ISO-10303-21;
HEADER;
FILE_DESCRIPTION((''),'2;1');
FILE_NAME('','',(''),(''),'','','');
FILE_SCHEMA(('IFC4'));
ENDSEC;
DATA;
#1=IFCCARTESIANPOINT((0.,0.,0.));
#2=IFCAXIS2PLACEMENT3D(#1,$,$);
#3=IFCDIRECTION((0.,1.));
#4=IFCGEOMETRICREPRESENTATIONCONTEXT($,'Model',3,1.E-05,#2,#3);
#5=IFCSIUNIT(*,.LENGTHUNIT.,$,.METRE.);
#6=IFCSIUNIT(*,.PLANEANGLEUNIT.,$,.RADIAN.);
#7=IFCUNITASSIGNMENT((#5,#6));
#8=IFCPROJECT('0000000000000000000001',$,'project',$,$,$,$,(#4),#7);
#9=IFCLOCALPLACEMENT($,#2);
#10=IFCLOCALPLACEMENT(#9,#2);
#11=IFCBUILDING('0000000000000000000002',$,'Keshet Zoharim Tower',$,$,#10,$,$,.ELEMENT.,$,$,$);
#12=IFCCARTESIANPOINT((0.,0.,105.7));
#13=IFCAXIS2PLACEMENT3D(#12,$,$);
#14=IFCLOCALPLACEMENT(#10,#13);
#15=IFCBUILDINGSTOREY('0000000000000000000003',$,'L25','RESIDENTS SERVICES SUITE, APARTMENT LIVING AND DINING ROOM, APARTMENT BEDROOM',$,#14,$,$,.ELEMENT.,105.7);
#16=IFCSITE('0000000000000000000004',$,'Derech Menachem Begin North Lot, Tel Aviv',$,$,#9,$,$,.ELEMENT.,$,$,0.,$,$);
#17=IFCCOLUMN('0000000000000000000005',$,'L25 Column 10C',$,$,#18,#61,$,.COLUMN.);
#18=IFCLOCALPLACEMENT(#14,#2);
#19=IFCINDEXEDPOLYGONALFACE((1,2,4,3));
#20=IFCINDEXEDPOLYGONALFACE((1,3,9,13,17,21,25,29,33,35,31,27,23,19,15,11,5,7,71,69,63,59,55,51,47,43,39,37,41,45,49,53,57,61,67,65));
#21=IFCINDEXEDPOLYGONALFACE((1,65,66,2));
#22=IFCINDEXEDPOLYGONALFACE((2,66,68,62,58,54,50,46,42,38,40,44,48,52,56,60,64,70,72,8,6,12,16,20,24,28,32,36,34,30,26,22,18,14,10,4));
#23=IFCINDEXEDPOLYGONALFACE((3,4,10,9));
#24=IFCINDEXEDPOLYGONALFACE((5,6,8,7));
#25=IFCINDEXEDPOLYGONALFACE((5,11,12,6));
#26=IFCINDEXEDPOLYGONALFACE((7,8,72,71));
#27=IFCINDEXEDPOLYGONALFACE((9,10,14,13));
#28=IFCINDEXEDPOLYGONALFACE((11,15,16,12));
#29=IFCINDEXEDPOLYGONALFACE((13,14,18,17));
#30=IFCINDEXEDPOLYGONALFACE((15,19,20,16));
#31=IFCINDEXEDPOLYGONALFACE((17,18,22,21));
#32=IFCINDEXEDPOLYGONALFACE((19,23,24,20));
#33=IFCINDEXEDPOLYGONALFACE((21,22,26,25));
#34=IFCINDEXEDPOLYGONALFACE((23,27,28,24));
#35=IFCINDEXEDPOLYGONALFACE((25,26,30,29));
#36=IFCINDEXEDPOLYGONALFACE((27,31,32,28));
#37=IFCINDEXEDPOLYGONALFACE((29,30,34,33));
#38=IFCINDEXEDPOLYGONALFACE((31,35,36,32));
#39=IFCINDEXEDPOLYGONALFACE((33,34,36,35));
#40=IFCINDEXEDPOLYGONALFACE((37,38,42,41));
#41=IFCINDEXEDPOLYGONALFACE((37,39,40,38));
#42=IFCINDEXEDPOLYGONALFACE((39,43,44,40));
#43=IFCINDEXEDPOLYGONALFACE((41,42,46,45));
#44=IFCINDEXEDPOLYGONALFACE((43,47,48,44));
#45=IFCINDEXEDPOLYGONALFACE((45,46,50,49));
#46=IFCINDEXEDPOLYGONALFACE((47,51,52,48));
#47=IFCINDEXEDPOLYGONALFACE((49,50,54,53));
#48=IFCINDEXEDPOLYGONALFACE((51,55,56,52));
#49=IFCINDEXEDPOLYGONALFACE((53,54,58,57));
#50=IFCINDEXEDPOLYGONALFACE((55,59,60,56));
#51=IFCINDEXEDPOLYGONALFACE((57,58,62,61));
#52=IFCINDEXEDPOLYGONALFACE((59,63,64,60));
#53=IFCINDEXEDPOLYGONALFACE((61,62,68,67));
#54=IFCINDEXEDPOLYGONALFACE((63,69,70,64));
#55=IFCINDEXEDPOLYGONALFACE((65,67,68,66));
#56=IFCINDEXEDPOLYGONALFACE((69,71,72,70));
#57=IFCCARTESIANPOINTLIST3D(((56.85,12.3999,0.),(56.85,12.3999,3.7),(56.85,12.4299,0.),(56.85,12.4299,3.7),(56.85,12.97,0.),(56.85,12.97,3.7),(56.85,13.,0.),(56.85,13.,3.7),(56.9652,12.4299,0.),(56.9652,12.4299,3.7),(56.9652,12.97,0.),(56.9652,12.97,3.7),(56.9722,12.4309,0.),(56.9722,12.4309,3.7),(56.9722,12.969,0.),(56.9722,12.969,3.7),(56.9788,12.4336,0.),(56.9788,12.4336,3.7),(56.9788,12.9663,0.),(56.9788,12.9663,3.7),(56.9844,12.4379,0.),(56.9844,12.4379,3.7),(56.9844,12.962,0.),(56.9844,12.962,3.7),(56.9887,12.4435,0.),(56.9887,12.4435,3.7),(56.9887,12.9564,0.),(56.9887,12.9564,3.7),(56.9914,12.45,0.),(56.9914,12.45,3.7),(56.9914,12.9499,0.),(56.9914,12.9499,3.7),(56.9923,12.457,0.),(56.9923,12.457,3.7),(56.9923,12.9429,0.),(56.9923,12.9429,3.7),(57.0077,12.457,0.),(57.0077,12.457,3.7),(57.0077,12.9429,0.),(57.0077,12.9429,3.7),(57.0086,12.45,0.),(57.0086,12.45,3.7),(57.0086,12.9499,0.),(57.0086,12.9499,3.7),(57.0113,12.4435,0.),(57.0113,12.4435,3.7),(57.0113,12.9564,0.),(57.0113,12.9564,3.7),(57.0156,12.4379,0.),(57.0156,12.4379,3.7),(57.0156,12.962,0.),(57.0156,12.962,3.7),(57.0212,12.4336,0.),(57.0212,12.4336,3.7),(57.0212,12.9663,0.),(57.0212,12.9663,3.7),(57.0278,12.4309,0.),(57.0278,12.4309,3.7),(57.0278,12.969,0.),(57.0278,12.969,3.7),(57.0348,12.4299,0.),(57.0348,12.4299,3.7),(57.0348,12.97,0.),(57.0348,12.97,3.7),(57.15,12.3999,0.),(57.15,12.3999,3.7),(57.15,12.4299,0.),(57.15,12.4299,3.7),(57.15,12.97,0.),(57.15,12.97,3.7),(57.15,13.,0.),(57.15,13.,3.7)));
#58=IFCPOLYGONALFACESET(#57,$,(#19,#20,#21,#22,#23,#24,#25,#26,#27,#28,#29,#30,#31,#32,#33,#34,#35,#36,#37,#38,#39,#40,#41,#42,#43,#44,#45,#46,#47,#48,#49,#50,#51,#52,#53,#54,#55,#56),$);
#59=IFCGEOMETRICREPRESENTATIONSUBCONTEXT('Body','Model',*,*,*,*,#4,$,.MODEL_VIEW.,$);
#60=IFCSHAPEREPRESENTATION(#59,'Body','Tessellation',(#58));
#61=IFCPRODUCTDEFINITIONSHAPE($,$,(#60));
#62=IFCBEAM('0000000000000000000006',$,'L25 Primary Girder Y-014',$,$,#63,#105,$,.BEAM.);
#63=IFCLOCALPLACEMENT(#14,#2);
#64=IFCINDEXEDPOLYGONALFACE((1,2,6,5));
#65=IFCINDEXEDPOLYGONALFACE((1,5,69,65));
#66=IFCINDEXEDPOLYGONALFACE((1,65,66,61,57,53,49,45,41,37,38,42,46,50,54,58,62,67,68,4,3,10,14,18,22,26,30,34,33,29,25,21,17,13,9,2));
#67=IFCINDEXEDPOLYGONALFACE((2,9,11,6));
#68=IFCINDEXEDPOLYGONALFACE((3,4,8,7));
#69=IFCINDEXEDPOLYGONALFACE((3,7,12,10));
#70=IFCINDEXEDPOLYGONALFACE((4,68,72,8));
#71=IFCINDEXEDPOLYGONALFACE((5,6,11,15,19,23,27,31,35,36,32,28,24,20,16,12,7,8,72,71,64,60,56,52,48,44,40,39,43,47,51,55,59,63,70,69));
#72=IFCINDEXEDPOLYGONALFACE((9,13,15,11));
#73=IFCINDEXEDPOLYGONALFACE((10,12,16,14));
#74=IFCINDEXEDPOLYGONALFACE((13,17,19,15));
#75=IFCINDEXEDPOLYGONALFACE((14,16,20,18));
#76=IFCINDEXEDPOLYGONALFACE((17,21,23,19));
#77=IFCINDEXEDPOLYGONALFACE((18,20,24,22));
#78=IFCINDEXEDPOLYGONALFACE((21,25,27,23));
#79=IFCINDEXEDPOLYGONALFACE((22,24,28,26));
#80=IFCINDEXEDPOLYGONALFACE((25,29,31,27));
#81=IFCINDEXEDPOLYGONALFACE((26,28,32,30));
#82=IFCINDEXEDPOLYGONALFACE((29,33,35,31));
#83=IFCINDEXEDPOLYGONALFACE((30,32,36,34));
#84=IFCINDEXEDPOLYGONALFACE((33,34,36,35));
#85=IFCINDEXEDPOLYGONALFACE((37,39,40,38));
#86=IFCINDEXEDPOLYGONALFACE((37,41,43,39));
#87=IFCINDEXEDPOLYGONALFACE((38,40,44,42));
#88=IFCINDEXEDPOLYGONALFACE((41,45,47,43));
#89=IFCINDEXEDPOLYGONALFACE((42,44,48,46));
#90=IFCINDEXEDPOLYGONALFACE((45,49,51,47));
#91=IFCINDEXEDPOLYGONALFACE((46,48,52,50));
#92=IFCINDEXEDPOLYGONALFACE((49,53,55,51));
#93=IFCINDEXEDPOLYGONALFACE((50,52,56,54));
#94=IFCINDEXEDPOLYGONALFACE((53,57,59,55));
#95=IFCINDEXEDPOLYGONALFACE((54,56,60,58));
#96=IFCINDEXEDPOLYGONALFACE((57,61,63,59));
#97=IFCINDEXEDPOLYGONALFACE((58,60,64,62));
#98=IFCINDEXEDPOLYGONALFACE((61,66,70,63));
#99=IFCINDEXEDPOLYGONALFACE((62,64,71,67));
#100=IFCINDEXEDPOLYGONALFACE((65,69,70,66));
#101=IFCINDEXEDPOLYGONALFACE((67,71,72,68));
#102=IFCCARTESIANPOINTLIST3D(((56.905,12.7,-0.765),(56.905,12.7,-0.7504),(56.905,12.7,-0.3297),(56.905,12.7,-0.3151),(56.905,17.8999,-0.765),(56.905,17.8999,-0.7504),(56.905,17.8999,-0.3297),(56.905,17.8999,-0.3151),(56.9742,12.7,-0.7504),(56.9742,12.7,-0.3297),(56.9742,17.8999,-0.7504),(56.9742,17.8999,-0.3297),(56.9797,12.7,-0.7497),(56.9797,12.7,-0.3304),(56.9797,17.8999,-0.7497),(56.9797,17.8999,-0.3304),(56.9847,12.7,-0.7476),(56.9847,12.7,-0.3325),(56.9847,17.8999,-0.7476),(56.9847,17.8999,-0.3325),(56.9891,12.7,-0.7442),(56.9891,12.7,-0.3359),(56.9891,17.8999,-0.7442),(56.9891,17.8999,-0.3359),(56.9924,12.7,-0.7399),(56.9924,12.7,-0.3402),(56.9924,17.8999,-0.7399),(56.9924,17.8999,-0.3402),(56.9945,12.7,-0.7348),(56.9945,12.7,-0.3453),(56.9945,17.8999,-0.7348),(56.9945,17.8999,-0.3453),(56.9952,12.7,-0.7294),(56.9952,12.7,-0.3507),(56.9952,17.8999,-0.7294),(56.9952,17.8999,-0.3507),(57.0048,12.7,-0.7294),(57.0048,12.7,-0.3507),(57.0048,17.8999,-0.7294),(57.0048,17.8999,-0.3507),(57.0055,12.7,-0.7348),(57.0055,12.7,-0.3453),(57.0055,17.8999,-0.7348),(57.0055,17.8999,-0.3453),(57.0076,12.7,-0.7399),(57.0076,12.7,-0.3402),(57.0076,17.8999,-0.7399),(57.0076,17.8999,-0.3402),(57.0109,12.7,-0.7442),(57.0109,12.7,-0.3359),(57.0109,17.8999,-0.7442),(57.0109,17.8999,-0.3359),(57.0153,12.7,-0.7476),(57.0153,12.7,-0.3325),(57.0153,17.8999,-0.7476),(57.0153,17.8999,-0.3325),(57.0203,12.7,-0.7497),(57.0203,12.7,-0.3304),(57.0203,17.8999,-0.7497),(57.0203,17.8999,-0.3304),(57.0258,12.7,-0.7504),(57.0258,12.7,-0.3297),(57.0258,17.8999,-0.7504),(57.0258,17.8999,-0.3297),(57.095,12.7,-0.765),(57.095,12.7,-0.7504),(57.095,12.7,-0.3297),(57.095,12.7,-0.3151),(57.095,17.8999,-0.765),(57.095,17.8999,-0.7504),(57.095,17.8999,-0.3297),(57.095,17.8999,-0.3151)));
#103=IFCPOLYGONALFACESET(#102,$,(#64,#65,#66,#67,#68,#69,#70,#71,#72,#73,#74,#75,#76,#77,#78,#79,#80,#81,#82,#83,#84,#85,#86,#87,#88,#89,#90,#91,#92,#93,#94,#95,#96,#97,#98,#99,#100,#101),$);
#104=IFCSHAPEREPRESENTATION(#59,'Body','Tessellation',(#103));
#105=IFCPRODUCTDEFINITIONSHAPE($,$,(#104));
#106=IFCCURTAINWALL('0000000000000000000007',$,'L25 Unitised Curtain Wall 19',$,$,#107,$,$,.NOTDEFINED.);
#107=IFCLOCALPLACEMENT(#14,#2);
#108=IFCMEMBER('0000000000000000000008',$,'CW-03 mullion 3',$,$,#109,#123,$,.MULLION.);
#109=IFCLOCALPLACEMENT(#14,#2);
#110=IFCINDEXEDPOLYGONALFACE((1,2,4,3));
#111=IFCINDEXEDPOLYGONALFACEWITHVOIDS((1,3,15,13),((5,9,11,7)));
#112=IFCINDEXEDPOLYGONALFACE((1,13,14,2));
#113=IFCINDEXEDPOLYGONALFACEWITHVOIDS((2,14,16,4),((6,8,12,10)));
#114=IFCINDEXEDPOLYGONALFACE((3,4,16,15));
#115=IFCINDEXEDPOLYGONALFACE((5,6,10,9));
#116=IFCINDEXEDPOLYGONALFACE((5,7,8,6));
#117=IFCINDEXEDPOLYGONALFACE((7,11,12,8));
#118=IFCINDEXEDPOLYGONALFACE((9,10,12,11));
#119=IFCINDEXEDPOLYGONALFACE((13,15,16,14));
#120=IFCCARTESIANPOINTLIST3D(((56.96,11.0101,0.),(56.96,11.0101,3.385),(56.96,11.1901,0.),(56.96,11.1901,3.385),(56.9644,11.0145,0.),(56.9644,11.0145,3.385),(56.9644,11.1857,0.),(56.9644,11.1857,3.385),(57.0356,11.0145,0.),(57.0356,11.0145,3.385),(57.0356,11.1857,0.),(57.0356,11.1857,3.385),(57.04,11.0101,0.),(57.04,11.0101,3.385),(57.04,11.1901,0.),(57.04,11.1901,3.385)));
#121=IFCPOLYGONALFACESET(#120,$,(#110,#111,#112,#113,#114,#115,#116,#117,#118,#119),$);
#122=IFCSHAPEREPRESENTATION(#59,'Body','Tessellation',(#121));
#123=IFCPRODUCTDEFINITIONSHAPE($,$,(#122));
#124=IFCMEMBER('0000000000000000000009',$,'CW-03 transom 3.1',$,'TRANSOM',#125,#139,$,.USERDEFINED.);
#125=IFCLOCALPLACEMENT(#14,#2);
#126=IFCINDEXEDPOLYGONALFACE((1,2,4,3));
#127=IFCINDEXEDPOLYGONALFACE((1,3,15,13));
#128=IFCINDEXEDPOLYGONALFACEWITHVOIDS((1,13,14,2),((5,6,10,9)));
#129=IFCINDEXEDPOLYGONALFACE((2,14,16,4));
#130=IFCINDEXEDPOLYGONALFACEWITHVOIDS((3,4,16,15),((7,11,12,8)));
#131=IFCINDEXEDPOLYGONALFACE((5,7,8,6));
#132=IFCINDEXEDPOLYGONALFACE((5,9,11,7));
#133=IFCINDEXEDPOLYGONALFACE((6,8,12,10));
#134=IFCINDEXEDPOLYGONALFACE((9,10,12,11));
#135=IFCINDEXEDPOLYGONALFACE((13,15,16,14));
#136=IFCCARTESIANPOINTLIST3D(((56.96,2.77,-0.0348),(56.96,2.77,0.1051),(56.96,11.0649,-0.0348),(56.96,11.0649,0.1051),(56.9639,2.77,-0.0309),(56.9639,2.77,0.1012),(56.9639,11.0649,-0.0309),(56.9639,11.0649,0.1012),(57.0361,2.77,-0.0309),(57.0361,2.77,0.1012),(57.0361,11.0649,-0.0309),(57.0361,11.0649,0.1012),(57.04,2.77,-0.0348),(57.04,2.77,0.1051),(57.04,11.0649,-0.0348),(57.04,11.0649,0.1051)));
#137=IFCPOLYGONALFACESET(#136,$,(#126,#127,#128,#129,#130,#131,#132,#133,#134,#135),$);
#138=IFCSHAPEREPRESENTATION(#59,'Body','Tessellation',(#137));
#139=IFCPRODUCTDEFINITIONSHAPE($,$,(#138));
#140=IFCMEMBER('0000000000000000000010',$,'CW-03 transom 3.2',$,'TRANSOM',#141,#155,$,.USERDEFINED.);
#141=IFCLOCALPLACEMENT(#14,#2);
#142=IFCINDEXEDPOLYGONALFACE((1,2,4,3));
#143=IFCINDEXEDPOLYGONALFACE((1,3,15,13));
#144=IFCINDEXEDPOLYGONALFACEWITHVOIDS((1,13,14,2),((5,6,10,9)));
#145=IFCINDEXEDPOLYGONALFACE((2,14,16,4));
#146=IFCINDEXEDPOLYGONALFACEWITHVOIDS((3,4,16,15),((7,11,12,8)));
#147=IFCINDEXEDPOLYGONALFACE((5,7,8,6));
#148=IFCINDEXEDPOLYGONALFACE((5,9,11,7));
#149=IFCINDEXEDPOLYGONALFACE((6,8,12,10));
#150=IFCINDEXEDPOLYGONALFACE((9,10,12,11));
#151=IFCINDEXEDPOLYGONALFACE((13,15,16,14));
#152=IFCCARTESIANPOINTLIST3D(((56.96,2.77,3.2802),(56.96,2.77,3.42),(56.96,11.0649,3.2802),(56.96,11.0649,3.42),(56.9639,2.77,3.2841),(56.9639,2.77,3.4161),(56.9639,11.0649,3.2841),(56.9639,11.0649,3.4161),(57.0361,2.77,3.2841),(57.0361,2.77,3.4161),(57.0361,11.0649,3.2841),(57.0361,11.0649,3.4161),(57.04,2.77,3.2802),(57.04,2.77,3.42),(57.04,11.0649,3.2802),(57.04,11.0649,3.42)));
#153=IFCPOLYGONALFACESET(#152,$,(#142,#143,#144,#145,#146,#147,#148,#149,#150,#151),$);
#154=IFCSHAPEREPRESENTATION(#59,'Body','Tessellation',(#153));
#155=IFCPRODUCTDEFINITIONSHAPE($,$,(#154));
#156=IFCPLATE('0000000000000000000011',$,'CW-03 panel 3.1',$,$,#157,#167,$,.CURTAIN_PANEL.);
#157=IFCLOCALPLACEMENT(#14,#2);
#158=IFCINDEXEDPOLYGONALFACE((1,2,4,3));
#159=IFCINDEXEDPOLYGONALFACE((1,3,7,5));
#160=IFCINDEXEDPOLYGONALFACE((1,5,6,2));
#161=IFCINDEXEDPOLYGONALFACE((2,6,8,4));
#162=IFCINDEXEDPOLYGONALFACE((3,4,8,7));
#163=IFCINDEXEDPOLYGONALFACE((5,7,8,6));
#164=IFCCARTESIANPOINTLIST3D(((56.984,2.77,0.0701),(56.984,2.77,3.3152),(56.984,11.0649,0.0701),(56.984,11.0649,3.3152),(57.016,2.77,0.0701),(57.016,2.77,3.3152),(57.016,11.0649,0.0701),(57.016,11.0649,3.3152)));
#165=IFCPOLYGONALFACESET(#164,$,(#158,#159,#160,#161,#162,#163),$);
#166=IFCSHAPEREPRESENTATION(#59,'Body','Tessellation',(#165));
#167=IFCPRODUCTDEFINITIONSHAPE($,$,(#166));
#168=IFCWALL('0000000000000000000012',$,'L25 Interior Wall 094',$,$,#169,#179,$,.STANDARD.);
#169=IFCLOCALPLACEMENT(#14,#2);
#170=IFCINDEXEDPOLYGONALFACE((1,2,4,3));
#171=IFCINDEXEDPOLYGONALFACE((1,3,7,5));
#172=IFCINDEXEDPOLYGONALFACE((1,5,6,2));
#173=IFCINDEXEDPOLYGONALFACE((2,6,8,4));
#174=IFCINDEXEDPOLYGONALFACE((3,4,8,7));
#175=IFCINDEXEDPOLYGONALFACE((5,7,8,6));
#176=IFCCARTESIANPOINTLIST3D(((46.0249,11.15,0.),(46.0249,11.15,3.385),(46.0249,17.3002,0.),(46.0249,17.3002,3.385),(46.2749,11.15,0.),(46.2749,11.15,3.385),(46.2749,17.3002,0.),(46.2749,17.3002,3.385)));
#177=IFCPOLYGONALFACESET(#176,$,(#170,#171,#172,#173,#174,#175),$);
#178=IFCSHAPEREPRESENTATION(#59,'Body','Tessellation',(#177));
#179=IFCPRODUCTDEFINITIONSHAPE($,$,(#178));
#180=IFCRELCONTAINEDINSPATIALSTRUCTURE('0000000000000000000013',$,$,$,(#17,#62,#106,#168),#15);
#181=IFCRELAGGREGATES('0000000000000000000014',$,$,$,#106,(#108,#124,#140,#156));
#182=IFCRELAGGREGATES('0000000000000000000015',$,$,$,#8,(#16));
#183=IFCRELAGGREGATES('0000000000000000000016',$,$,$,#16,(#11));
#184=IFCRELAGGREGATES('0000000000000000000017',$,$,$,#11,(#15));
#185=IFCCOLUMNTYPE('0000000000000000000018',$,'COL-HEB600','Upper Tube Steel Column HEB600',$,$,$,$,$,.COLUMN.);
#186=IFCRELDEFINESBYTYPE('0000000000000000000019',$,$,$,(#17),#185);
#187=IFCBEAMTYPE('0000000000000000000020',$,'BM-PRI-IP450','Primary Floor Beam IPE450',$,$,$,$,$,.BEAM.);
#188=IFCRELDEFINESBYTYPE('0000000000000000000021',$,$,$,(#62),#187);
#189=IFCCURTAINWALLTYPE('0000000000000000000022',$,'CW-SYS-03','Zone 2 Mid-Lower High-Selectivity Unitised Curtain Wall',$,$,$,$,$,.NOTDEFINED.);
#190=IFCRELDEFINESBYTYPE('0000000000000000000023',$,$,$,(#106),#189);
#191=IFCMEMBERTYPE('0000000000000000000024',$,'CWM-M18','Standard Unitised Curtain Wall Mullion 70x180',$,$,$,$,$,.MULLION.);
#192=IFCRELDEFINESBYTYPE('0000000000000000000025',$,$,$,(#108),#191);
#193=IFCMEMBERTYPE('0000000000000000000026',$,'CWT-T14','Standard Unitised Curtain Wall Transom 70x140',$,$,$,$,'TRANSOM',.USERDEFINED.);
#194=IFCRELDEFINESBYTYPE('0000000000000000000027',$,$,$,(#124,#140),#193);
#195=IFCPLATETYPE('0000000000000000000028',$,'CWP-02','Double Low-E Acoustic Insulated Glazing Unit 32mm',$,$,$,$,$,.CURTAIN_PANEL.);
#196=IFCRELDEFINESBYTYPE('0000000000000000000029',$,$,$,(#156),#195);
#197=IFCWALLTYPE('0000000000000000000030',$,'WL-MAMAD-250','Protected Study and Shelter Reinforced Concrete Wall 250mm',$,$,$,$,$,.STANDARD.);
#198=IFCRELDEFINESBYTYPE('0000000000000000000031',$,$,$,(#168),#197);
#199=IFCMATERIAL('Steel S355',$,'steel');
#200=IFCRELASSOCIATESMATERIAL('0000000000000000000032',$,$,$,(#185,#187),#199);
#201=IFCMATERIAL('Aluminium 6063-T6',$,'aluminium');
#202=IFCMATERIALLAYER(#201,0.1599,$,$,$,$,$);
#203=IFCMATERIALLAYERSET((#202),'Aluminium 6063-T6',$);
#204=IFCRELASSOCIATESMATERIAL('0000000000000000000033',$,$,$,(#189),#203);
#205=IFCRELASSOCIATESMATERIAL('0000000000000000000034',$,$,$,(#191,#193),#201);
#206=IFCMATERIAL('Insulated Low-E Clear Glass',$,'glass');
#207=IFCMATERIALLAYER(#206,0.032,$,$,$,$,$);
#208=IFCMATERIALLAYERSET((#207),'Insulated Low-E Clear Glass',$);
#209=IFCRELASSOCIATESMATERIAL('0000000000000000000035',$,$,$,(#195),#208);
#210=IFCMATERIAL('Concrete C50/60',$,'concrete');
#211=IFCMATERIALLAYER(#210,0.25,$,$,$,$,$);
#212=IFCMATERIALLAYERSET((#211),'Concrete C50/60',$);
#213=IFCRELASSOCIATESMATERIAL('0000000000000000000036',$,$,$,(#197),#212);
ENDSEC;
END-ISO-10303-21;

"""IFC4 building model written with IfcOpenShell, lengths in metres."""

from ifc_helpers import new_model, si_unit, direction, frame, frame_2d, origin, origin_2d, place, context, subcontext, project, spatial, rectangle, hollow_rectangle, i_section, extrude, material, layer, layer_set, material_profile, profile_set, type_object, element, aggregate, save


model = new_model("IFC4")

# Units and contexts
model_context = context("Model", 3, precision=1e-05, world=origin(), true_north=direction((0.0, 1.0)))
body_context = subcontext(model_context, "Body", "Model", "MODEL_VIEW")
ifc_project = project(units=[si_unit("LENGTHUNIT", "METRE"), si_unit("PLANEANGLEUNIT", "RADIAN")], contexts=[model_context])

# Site, building, storey
site_placement = place(None, origin())
site = spatial("IfcSite", under=ifc_project, at=site_placement, Name="Derech Menachem Begin North Lot, Tel Aviv", CompositionType="ELEMENT", RefElevation=0.0)
building_placement = place(site_placement, origin())
building = spatial("IfcBuilding", under=site, at=building_placement, Name="Keshet Zoharim Tower", CompositionType="ELEMENT")
storey_placement = place(building_placement, frame((0.0, 0.0, 105.7)))
storey = spatial("IfcBuildingStorey", under=building, at=storey_placement, Name="L25", Description="RESIDENTS SERVICES SUITE, APARTMENT LIVING AND DINING ROOM, APARTMENT BEDROOM", CompositionType="ELEMENT", Elevation=105.7)

# Column
ifc_material_1 = material(Name="Steel S355", Category="steel")
ifc_material_profile_1 = material_profile(ifc_material_1, i_section(OverallWidth=0.3, OverallDepth=0.6001, WebThickness=0.0154, FlangeThickness=0.03, FilletRadius=0.0271, at=origin_2d()), Name="HEB600")
ifc_profile_set_1 = profile_set([ifc_material_profile_1], Name="Steel S355")
column_type = type_object("IfcColumnType", Name="COL-HEB600", Description="Upper Tube Steel Column HEB600", PredefinedType="COLUMN", material=ifc_profile_set_1)
column_placement = place(storey_placement, frame((57.0, 12.7, 0.0), z_axis=(0.0, 0.0, 1.0), x_axis=(1.0, 0.0, 0.0)))
element("IfcColumn", 1, at=column_placement, inside=storey, type_object=column_type, Name="L25 Column 10C", PredefinedType="COLUMN", context=body_context, shape_type="SweptSolid", body=[
    extrude(i_section(OverallWidth=0.3, OverallDepth=0.6001, WebThickness=0.0154, FlangeThickness=0.03, FilletRadius=0.0271, at=origin_2d()), origin(), (0.0, 0.0, 1.0), 3.7),
])

# Beam
ifc_material_profile_2 = material_profile(ifc_material_1, i_section(OverallWidth=0.1899, OverallDepth=0.45, WebThickness=0.0095, FlangeThickness=0.0146, FilletRadius=0.021, at=origin_2d()), Name="IPE450")
ifc_profile_set_2 = profile_set([ifc_material_profile_2], Name="Steel S355")
beam_type = type_object("IfcBeamType", Name="BM-PRI-IP450", Description="Primary Floor Beam IPE450", PredefinedType="BEAM", material=ifc_profile_set_2)
beam_placement = place(storey_placement, frame((57.0, 12.7, -0.54), z_axis=(0.0, 1.0, 0.0), x_axis=(-1.0, 0.0, 0.0)))
element("IfcBeam", 2, at=beam_placement, inside=storey, type_object=beam_type, Name="L25 Primary Girder Y-014", PredefinedType="BEAM", context=body_context, shape_type="SweptSolid", body=[
    extrude(i_section(OverallWidth=0.1899, OverallDepth=0.45, WebThickness=0.0095, FlangeThickness=0.0146, FilletRadius=0.021, at=origin_2d()), origin(), (0.0, 0.0, 1.0), 5.2),
])

# Curtain wall, members, plate
ifc_material_2 = material(Name="Aluminium 6063-T6", Category="aluminium")
ifc_layer_1 = layer(ifc_material_2, 0.1599)
ifc_layer_set_1 = layer_set([ifc_layer_1], Name="Aluminium 6063-T6")
curtain_wall_type = type_object("IfcCurtainWallType", Name="CW-SYS-03", Description="Zone 2 Mid-Lower High-Selectivity Unitised Curtain Wall", PredefinedType="NOTDEFINED", material=ifc_layer_set_1)
curtain_wall_placement = place(storey_placement, origin())
curtain_wall = element("IfcCurtainWall", 3, at=curtain_wall_placement, inside=storey, type_object=curtain_wall_type, Name="L25 Unitised Curtain Wall 19", PredefinedType="NOTDEFINED")
ifc_material_profile_3 = material_profile(ifc_material_2, hollow_rectangle(XDim=0.0801, YDim=0.1799, WallThickness=0.0044, at=origin_2d()), Name="MUL-80x180")
ifc_profile_set_3 = profile_set([ifc_material_profile_3], Name="Aluminium 6063-T6")
member_type_1 = type_object("IfcMemberType", Name="CWM-M18", Description="Standard Unitised Curtain Wall Mullion 70x180", PredefinedType="MULLION", material=ifc_profile_set_3)
member_1_placement = place(storey_placement, frame((57.0, 11.1001, 0.0), z_axis=(0.0, 0.0, 1.0), x_axis=(1.0, 0.0, 0.0)))
member_1 = element("IfcMember", 4, at=member_1_placement, type_object=member_type_1, Name="CW-03 mullion 3", PredefinedType="MULLION", context=body_context, shape_type="SweptSolid", body=[
    extrude(hollow_rectangle(XDim=0.0801, YDim=0.1799, WallThickness=0.0044, at=origin_2d()), origin(), (0.0, 0.0, 1.0), 3.385),
])
ifc_material_profile_4 = material_profile(ifc_material_2, hollow_rectangle(XDim=0.0801, YDim=0.1399, WallThickness=0.0039, at=origin_2d()), Name="TRN-80x140")
ifc_profile_set_4 = profile_set([ifc_material_profile_4], Name="Aluminium 6063-T6")
member_type_2 = type_object("IfcMemberType", Name="CWT-T14", Description="Standard Unitised Curtain Wall Transom 70x140", ElementType="TRANSOM", PredefinedType="USERDEFINED", material=ifc_profile_set_4)
member_2_placement = place(storey_placement, frame((57.0, 11.0649, 0.0352), z_axis=(0.0, -1.0, 0.0), x_axis=(1.0, 0.0, 0.0)))
member_2 = element("IfcMember", 5, at=member_2_placement, type_object=member_type_2, Name="CW-03 transom 3.1", ObjectType="TRANSOM", PredefinedType="USERDEFINED", context=body_context, shape_type="SweptSolid", body=[
    extrude(hollow_rectangle(XDim=0.0801, YDim=0.1399, WallThickness=0.0039, at=origin_2d()), origin(), (0.0, 0.0, 1.0), 8.2949),
])
member_3_placement = place(storey_placement, frame((57.0, 11.0649, 3.3501), z_axis=(0.0, -1.0, 0.0), x_axis=(1.0, 0.0, 0.0)))
member_3 = element("IfcMember", 6, at=member_3_placement, type_object=member_type_2, Name="CW-03 transom 3.2", ObjectType="TRANSOM", PredefinedType="USERDEFINED", context=body_context, shape_type="SweptSolid", body=[
    extrude(hollow_rectangle(XDim=0.0801, YDim=0.1399, WallThickness=0.0039, at=origin_2d()), origin(), (0.0, 0.0, 1.0), 8.2949),
])
ifc_material_3 = material(Name="Insulated Low-E Clear Glass", Category="glass")
ifc_layer_2 = layer(ifc_material_3, 0.032)
ifc_layer_set_2 = layer_set([ifc_layer_2], Name="Insulated Low-E Clear Glass")
plate_type = type_object("IfcPlateType", Name="CWP-02", Description="Double Low-E Acoustic Insulated Glazing Unit 32mm", PredefinedType="CURTAIN_PANEL", material=ifc_layer_set_2)
plate_placement = place(storey_placement, frame((57.0, 6.9175, 0.0701), z_axis=(0.0, 0.0, 1.0), x_axis=(0.0, -1.0, 0.0)))
plate = element("IfcPlate", 7, at=plate_placement, type_object=plate_type, Name="CW-03 panel 3.1", PredefinedType="CURTAIN_PANEL", context=body_context, shape_type="SweptSolid", body=[
    extrude(rectangle(XDim=8.2949, YDim=0.032, at=origin_2d()), origin(), (0.0, 0.0, 1.0), 3.2451),
])
aggregate(curtain_wall, [member_1, member_2, member_3, plate])

# Wall
ifc_material_4 = material(Name="Concrete C50/60", Category="concrete")
ifc_layer_3 = layer(ifc_material_4, 0.25)
ifc_layer_set_3 = layer_set([ifc_layer_3], Name="Concrete C50/60")
wall_type_1 = type_object("IfcWallType", Name="WL-MAMAD-250", Description="Protected Study and Shelter Reinforced Concrete Wall 250mm", PredefinedType="STANDARD", material=ifc_layer_set_3)
for number, where, z_axis, x_axis, name in (
    (8, (46.1499, 11.1499, 0.0), (0.0, 0.0, 1.0), (0.0, 1.0, 0.0), "L25 Interior Wall 094"),
):
    element("IfcWall", number, at=place(storey_placement, frame(where, z_axis=z_axis, x_axis=x_axis)), inside=storey, type_object=wall_type_1, Name=name, PredefinedType="STANDARD", context=body_context, shape_type="SweptSolid", body=[
        extrude(rectangle(XDim=6.1501, YDim=0.25, at=frame_2d((3.0752, 0.0))), origin(), (0.0, 0.0, 1.0), 3.385),
    ])

save(model, "model.ifc")
